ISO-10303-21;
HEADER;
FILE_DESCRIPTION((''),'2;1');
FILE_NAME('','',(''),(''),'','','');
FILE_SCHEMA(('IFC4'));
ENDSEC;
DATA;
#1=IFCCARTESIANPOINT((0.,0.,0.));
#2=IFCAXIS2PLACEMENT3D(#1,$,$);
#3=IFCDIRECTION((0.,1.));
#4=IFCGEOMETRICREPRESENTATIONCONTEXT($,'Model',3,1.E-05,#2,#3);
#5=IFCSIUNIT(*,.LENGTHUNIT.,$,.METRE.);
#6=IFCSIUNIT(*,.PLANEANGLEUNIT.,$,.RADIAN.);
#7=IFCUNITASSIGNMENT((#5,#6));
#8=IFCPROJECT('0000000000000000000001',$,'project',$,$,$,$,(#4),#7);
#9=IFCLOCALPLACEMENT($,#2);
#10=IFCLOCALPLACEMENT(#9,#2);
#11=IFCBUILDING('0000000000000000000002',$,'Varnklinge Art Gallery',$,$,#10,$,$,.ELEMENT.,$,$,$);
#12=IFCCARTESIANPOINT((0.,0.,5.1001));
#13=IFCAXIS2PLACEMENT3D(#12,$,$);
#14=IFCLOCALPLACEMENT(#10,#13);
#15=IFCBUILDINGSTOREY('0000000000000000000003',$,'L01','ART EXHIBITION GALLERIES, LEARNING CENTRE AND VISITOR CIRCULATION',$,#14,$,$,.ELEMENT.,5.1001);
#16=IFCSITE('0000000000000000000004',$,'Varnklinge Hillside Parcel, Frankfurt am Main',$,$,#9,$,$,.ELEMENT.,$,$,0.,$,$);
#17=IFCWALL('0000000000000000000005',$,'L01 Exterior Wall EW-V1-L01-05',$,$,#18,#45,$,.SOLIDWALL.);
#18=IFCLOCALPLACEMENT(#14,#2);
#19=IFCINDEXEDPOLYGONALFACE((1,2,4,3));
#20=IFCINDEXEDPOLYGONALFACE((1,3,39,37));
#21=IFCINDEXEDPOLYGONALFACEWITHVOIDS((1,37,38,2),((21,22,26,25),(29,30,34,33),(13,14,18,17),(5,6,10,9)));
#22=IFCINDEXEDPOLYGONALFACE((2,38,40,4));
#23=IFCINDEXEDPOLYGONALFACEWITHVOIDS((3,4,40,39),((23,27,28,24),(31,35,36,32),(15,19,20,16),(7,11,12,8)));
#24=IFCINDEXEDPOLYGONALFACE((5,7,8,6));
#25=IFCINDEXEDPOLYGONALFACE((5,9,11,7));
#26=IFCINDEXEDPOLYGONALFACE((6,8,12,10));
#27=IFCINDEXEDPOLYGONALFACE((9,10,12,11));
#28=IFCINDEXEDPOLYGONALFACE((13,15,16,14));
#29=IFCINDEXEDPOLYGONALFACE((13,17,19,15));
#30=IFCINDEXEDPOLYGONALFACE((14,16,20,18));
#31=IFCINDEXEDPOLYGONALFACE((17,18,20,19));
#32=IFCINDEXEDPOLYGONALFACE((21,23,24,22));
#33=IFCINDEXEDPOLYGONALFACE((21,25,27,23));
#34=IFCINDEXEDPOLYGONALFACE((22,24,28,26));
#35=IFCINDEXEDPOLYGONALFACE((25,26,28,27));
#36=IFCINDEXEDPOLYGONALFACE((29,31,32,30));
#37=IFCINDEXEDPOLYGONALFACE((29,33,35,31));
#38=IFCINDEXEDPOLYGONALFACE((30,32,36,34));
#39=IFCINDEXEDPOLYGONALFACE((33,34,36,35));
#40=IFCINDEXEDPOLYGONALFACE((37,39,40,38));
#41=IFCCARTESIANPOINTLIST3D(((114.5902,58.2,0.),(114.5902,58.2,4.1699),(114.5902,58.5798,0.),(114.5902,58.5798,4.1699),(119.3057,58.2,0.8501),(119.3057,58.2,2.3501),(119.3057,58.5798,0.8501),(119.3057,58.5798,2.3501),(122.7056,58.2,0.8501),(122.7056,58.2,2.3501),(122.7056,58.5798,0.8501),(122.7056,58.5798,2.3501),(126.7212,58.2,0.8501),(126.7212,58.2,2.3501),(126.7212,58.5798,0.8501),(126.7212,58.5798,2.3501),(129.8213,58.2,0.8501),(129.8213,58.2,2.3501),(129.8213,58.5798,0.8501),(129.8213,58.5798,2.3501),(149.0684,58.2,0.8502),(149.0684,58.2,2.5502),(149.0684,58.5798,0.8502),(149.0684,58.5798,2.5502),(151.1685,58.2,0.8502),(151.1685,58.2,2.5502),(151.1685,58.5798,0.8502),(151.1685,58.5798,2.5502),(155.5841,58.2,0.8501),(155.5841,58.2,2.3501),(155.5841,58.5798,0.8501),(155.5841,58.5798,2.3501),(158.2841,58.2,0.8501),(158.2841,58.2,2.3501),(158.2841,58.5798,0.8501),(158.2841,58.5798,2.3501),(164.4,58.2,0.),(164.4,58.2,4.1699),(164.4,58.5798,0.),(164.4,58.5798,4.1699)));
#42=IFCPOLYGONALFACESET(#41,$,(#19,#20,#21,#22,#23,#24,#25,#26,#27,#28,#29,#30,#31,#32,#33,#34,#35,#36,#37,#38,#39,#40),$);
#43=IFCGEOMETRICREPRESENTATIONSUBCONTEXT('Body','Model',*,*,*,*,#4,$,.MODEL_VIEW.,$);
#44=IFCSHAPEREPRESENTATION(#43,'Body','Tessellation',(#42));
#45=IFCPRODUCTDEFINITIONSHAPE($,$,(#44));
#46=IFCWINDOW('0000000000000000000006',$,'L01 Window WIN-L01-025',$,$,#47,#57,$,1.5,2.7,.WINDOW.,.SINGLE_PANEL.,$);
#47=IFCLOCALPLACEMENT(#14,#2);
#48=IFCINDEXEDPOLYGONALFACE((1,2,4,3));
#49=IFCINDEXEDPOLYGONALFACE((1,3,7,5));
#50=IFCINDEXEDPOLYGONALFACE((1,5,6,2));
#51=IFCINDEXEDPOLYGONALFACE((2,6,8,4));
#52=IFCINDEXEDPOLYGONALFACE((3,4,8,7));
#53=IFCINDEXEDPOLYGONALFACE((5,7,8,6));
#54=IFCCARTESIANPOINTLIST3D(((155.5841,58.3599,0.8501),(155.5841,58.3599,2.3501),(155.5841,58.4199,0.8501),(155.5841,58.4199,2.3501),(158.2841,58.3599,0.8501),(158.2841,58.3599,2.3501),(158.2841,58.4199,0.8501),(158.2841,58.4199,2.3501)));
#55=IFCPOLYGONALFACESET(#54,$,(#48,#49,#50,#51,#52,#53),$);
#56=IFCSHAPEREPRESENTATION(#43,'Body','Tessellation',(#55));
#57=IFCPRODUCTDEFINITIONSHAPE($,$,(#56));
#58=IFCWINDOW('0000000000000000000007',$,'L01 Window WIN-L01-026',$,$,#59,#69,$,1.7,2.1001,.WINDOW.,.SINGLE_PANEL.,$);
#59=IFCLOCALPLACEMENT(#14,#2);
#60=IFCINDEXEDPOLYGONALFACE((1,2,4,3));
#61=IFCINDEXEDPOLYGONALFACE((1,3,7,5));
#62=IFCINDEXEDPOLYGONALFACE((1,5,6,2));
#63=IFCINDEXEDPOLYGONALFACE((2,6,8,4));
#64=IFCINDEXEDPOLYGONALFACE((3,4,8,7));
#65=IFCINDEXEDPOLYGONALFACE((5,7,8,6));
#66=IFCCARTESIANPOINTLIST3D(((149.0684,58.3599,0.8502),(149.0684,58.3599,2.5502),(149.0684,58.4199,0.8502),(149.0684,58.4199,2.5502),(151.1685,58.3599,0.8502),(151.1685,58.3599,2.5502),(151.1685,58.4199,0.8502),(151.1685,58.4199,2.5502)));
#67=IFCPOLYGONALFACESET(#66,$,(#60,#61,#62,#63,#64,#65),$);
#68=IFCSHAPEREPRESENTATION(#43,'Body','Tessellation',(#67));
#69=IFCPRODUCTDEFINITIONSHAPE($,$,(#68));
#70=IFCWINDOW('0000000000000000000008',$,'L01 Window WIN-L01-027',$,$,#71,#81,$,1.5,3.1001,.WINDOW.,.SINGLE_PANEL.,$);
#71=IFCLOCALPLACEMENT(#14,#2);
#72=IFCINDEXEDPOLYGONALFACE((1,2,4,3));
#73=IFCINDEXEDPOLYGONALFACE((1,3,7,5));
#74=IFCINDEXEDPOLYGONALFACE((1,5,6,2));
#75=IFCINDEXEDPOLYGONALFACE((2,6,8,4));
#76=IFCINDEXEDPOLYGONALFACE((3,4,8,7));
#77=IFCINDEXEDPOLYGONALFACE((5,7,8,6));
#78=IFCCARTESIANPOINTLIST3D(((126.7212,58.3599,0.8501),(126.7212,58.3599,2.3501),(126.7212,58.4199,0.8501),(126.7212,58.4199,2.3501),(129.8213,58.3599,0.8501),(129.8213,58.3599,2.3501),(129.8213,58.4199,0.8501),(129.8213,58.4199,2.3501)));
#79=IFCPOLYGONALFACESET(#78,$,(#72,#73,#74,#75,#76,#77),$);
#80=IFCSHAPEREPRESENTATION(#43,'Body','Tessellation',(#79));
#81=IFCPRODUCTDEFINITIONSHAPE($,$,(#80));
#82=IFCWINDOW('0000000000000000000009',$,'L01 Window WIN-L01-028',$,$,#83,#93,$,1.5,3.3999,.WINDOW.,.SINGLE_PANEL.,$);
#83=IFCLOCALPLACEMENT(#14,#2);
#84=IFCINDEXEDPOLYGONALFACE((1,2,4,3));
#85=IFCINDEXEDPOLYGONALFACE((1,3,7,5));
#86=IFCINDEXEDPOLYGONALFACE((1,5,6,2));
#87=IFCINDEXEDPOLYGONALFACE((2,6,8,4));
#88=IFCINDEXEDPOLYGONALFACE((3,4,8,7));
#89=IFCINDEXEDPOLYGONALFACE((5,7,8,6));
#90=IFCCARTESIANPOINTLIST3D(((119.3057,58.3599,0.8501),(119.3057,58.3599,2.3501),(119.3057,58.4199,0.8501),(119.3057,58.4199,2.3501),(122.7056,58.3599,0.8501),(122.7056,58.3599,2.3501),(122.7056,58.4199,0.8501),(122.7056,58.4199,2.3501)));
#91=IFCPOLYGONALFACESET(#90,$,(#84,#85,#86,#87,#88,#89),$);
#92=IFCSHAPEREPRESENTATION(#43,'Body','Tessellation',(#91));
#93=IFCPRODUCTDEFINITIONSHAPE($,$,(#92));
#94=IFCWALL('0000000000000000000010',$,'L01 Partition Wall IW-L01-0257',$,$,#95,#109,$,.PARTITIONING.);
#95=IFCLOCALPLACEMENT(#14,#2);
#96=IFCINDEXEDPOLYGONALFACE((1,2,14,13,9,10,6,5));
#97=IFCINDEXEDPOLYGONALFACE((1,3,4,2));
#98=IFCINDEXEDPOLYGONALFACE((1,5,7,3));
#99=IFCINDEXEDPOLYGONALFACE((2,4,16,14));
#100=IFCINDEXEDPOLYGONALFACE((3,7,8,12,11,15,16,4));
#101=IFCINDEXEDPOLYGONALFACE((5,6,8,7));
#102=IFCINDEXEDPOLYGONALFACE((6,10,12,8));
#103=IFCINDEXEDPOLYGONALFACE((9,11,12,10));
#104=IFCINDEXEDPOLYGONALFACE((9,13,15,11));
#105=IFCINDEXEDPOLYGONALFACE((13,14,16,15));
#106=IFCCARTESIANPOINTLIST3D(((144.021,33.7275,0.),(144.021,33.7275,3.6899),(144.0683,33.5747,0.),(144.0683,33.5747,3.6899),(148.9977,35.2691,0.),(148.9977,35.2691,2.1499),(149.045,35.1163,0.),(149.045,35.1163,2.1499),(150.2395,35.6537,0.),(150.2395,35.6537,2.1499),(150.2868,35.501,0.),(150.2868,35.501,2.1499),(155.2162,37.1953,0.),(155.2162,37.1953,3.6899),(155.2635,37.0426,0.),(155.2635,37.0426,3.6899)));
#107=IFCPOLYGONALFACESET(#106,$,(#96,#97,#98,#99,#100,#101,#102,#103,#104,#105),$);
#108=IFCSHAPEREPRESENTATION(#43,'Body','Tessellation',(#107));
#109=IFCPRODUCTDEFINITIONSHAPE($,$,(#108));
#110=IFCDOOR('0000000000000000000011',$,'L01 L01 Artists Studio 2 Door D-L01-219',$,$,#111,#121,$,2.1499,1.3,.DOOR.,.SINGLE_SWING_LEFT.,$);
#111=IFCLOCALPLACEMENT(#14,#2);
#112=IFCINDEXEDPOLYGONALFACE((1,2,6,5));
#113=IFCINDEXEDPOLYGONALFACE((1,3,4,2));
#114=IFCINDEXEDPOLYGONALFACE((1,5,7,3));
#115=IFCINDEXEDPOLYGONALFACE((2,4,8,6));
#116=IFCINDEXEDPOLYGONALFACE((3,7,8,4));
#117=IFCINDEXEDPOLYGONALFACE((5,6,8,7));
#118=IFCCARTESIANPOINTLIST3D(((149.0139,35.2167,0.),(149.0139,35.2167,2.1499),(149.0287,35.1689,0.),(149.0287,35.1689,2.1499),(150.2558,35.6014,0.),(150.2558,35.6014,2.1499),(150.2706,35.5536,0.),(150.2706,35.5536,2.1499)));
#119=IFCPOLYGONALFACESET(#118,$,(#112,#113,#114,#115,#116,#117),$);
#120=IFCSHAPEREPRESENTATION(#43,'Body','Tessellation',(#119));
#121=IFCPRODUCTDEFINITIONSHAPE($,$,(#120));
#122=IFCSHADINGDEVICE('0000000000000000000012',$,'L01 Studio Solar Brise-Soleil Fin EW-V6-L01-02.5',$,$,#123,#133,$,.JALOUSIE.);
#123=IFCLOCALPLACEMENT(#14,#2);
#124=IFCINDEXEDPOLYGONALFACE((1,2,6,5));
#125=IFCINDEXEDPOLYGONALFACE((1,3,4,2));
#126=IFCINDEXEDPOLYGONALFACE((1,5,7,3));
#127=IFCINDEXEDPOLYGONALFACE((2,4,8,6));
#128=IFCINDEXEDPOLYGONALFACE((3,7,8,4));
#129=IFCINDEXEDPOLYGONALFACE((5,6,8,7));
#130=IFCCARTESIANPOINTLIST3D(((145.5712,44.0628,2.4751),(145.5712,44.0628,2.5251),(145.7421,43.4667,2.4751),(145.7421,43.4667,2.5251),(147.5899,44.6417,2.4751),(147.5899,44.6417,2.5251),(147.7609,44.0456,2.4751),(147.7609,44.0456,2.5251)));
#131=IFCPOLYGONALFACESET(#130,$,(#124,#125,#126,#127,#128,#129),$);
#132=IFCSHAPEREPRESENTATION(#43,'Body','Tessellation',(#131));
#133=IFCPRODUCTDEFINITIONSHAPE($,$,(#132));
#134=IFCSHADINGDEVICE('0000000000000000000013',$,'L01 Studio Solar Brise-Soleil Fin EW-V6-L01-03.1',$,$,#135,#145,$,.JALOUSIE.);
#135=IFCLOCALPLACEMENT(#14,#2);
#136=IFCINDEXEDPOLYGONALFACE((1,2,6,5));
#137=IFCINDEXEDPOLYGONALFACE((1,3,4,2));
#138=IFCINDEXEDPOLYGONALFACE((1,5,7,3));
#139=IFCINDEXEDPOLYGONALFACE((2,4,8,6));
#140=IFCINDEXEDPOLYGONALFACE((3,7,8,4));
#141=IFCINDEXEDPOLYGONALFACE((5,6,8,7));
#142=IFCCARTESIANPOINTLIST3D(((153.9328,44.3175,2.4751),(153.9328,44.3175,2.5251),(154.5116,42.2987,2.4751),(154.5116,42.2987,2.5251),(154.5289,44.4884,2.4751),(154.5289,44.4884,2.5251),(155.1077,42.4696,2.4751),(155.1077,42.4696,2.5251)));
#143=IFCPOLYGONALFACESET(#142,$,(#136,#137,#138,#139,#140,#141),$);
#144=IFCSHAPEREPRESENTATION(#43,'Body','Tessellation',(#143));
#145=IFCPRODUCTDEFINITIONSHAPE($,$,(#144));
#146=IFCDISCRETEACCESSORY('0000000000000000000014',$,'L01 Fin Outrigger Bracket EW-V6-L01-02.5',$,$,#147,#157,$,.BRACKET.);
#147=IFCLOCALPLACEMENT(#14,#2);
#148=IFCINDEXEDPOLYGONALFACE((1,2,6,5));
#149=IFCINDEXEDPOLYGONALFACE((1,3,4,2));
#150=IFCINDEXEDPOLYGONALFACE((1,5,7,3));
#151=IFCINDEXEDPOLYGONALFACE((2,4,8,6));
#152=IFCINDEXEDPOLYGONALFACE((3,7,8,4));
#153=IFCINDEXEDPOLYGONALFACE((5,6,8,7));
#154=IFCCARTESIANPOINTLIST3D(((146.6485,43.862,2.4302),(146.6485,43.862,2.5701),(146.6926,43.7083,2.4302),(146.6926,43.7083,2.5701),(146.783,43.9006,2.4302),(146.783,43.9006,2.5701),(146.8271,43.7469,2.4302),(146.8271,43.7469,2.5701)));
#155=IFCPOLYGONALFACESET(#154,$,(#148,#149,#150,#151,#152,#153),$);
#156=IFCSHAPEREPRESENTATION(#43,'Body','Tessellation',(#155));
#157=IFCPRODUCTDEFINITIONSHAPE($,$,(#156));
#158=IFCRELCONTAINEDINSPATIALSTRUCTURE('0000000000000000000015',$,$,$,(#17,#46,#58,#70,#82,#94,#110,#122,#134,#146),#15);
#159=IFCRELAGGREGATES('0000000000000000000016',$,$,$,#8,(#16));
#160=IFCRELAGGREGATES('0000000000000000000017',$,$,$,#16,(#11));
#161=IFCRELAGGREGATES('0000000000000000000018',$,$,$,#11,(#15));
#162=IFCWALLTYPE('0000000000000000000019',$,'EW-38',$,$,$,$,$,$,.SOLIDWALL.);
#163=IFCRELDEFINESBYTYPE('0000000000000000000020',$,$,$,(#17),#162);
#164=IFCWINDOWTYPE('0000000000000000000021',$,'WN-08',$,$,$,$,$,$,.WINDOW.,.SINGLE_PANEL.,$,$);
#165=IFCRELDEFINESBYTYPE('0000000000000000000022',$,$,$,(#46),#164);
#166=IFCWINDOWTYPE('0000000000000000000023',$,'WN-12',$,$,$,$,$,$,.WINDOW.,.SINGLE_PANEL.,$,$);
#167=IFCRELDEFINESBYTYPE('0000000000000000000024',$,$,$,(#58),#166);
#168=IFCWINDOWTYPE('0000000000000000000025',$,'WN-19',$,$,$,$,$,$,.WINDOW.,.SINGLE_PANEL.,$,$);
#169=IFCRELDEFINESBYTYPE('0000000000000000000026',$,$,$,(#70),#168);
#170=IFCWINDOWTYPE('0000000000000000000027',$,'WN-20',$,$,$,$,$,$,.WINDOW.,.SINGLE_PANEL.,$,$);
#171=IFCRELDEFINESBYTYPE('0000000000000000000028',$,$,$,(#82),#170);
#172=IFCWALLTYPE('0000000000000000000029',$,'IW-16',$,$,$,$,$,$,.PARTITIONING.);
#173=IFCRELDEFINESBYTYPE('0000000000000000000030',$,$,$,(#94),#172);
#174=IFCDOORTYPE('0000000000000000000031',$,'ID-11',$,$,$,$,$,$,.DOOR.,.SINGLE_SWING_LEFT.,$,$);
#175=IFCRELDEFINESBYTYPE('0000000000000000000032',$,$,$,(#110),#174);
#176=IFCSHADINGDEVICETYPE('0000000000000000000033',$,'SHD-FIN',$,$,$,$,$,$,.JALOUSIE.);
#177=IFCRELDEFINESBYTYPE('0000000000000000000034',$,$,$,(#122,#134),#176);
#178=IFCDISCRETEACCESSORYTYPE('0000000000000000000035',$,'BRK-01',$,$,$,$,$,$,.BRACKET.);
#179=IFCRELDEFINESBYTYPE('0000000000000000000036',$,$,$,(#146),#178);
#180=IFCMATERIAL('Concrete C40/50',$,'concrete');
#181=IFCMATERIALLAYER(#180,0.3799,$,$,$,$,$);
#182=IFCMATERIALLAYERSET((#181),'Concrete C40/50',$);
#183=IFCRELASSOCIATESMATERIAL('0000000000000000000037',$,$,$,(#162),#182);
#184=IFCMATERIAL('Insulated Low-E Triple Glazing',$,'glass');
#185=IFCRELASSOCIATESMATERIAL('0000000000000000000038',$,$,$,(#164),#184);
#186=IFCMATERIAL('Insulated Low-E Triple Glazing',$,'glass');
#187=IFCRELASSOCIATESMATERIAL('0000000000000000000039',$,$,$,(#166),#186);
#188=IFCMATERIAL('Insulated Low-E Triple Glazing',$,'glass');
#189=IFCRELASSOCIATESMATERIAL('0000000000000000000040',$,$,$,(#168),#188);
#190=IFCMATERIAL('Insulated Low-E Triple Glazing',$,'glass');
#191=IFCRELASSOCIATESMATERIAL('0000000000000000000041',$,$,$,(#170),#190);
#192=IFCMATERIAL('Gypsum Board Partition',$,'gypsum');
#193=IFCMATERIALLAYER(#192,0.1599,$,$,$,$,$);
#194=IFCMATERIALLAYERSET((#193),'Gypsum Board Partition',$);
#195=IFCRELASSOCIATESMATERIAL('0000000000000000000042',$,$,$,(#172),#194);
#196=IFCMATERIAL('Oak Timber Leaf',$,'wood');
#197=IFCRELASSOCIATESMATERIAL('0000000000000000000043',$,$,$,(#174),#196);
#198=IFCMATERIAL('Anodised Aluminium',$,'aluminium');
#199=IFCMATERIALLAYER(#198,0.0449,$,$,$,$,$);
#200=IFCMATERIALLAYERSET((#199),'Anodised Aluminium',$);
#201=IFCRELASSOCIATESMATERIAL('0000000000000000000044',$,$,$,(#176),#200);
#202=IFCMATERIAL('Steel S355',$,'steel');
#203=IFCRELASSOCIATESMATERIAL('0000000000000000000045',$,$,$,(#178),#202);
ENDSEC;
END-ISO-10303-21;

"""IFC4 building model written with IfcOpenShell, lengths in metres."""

from ifc_helpers import new_model, si_unit, direction, frame, frame_2d, origin, origin_2d, place, context, subcontext, project, spatial, rectangle, extrude, material, layer, layer_set, type_object, element, fill, save


model = new_model("IFC4")

# Units and contexts
model_context = context("Model", 3, precision=1e-05, world=origin(), true_north=direction((0.0, 1.0)))
body_context = subcontext(model_context, "Body", "Model", "MODEL_VIEW")
ifc_project = project(units=[si_unit("LENGTHUNIT", "METRE"), si_unit("PLANEANGLEUNIT", "RADIAN")], contexts=[model_context])

# Site, building, storey
site_placement = place(None, origin())
site = spatial("IfcSite", under=ifc_project, at=site_placement, Name="Varnklinge Hillside Parcel, Frankfurt am Main", CompositionType="ELEMENT", RefElevation=0.0)
building_placement = place(site_placement, origin())
building = spatial("IfcBuilding", under=site, at=building_placement, Name="Varnklinge Art Gallery", CompositionType="ELEMENT")
storey_placement = place(building_placement, frame((0.0, 0.0, 5.1001)))
storey = spatial("IfcBuildingStorey", under=building, at=storey_placement, Name="L01", Description="ART EXHIBITION GALLERIES, LEARNING CENTRE AND VISITOR CIRCULATION", CompositionType="ELEMENT", Elevation=5.1001)

# Wall, openings, windows
ifc_material_1 = material(Name="Concrete C40/50", Category="concrete")
ifc_layer_1 = layer(ifc_material_1, 0.3799)
ifc_layer_set_1 = layer_set([ifc_layer_1], Name="Concrete C40/50")
wall_type_1 = type_object("IfcWallType", Name="EW-38", PredefinedType="SOLIDWALL", material=ifc_layer_set_1)
wall_1_placement = place(storey_placement, frame((164.3999, 58.3899, 0.0), z_axis=(0.0, 0.0, 1.0), x_axis=(-1.0, 0.0, 0.0)))
wall_1 = element("IfcWall", 1, at=wall_1_placement, inside=storey, type_object=wall_type_1, Name="L01 Exterior Wall EW-V1-L01-05", PredefinedType="SOLIDWALL", context=body_context, shape_type="SweptSolid", body=[
    extrude(rectangle(XDim=49.8098, YDim=0.3799, at=frame_2d((24.9048, 0.0))), origin(), (0.0, 0.0, 1.0), 4.1699),
])
opening_1_placement = place(wall_1_placement, frame((6.1157, 0.0, 0.8501)))
opening_1 = element("IfcOpeningElement", 2, at=opening_1_placement, cuts=wall_1, PredefinedType="OPENING", context=body_context, shape_type="SweptSolid", body=[
    extrude(rectangle(XDim=2.7, YDim=1.5, at=frame_2d((1.3501, 0.75))), frame((0.0, 0.2, 0.0), z_axis=(0.0, -1.0, 0.0), x_axis=(1.0, 0.0, 0.0)), (0.0, 0.0, 1.0), 0.3999),
])
opening_2_placement = place(wall_1_placement, frame((13.2314, 0.0, 0.8501)))
opening_2 = element("IfcOpeningElement", 3, at=opening_2_placement, cuts=wall_1, PredefinedType="OPENING", context=body_context, shape_type="SweptSolid", body=[
    extrude(rectangle(XDim=2.1001, YDim=1.7, at=frame_2d((1.05, 0.8501))), frame((0.0, 0.2, 0.0), z_axis=(0.0, -1.0, 0.0), x_axis=(1.0, 0.0, 0.0)), (0.0, 0.0, 1.0), 0.3999),
])
opening_3_placement = place(wall_1_placement, frame((34.5786, 0.0, 0.8501)))
opening_3 = element("IfcOpeningElement", 4, at=opening_3_placement, cuts=wall_1, PredefinedType="OPENING", context=body_context, shape_type="SweptSolid", body=[
    extrude(rectangle(XDim=3.1001, YDim=1.5, at=frame_2d((1.55, 0.75))), frame((0.0, 0.2, 0.0), z_axis=(0.0, -1.0, 0.0), x_axis=(1.0, 0.0, 0.0)), (0.0, 0.0, 1.0), 0.3999),
])
opening_4_placement = place(wall_1_placement, frame((41.6943, 0.0, 0.8501)))
opening_4 = element("IfcOpeningElement", 5, at=opening_4_placement, cuts=wall_1, PredefinedType="OPENING", context=body_context, shape_type="SweptSolid", body=[
    extrude(rectangle(XDim=3.3999, YDim=1.5, at=frame_2d((1.7, 0.75))), frame((0.0, 0.2, 0.0), z_axis=(0.0, -1.0, 0.0), x_axis=(1.0, 0.0, 0.0)), (0.0, 0.0, 1.0), 0.3999),
])
ifc_material_2 = material(Name="Insulated Low-E Triple Glazing", Category="glass")
window_type_1 = type_object("IfcWindowType", Name="WN-08", PartitioningType="SINGLE_PANEL", PredefinedType="WINDOW", material=ifc_material_2)
window_1_placement = place(opening_1_placement, origin())
window_1 = element("IfcWindow", 6, at=window_1_placement, inside=storey, type_object=window_type_1, Name="L01 Window WIN-L01-025", OverallHeight=1.5, OverallWidth=2.7, PartitioningType="SINGLE_PANEL", PredefinedType="WINDOW", context=body_context, shape_type="SweptSolid", body=[
    extrude(rectangle(XDim=2.7, YDim=1.5, at=frame_2d((1.3501, 0.75))), frame((0.0, 0.03, 0.0), z_axis=(0.0, -1.0, 0.0), x_axis=(1.0, 0.0, 0.0)), (0.0, 0.0, 1.0), 0.0601),
])
fill(opening_1, window_1)
ifc_material_3 = material(Name="Insulated Low-E Triple Glazing", Category="glass")
window_type_2 = type_object("IfcWindowType", Name="WN-12", PartitioningType="SINGLE_PANEL", PredefinedType="WINDOW", material=ifc_material_3)
window_2_placement = place(opening_2_placement, origin())
window_2 = element("IfcWindow", 7, at=window_2_placement, inside=storey, type_object=window_type_2, Name="L01 Window WIN-L01-026", OverallHeight=1.7, OverallWidth=2.1001, PartitioningType="SINGLE_PANEL", PredefinedType="WINDOW", context=body_context, shape_type="SweptSolid", body=[
    extrude(rectangle(XDim=2.1001, YDim=1.7, at=frame_2d((1.05, 0.8501))), frame((0.0, 0.03, 0.0), z_axis=(0.0, -1.0, 0.0), x_axis=(1.0, 0.0, 0.0)), (0.0, 0.0, 1.0), 0.0601),
])
fill(opening_2, window_2)
ifc_material_4 = material(Name="Insulated Low-E Triple Glazing", Category="glass")
window_type_3 = type_object("IfcWindowType", Name="WN-19", PartitioningType="SINGLE_PANEL", PredefinedType="WINDOW", material=ifc_material_4)
window_3_placement = place(opening_3_placement, origin())
window_3 = element("IfcWindow", 8, at=window_3_placement, inside=storey, type_object=window_type_3, Name="L01 Window WIN-L01-027", OverallHeight=1.5, OverallWidth=3.1001, PartitioningType="SINGLE_PANEL", PredefinedType="WINDOW", context=body_context, shape_type="SweptSolid", body=[
    extrude(rectangle(XDim=3.1001, YDim=1.5, at=frame_2d((1.55, 0.75))), frame((0.0, 0.03, 0.0), z_axis=(0.0, -1.0, 0.0), x_axis=(1.0, 0.0, 0.0)), (0.0, 0.0, 1.0), 0.0601),
])
fill(opening_3, window_3)
ifc_material_5 = material(Name="Insulated Low-E Triple Glazing", Category="glass")
window_type_4 = type_object("IfcWindowType", Name="WN-20", PartitioningType="SINGLE_PANEL", PredefinedType="WINDOW", material=ifc_material_5)
window_4_placement = place(opening_4_placement, origin())
window_4 = element("IfcWindow", 9, at=window_4_placement, inside=storey, type_object=window_type_4, Name="L01 Window WIN-L01-028", OverallHeight=1.5, OverallWidth=3.3999, PartitioningType="SINGLE_PANEL", PredefinedType="WINDOW", context=body_context, shape_type="SweptSolid", body=[
    extrude(rectangle(XDim=3.3999, YDim=1.5, at=frame_2d((1.7, 0.75))), frame((0.0, 0.03, 0.0), z_axis=(0.0, -1.0, 0.0), x_axis=(1.0, 0.0, 0.0)), (0.0, 0.0, 1.0), 0.0601),
])
fill(opening_4, window_4)

# Wall, opening, door
ifc_material_6 = material(Name="Gypsum Board Partition", Category="gypsum")
ifc_layer_2 = layer(ifc_material_6, 0.1599)
ifc_layer_set_2 = layer_set([ifc_layer_2], Name="Gypsum Board Partition")
wall_type_2 = type_object("IfcWallType", Name="IW-16", PredefinedType="PARTITIONING", material=ifc_layer_set_2)
wall_2_placement = place(storey_placement, frame((155.2397, 37.1189, 0.0), z_axis=(0.0, 0.0, 1.0), x_axis=(-0.955222, -0.295889, 0.0)))
wall_2 = element("IfcWall", 10, at=wall_2_placement, inside=storey, type_object=wall_type_2, Name="L01 Partition Wall IW-L01-0257", PredefinedType="PARTITIONING", context=body_context, shape_type="SweptSolid", body=[
    extrude(rectangle(XDim=11.72, YDim=0.1599, at=frame_2d((5.8599, 0.0))), origin(), (0.0, 0.0, 1.0), 3.6899),
])
opening_5_placement = place(wall_2_placement, frame((5.21, 0.0, 0.0)))
opening_5 = element("IfcOpeningElement", 11, at=opening_5_placement, cuts=wall_2, PredefinedType="OPENING", context=body_context, shape_type="SweptSolid", body=[
    extrude(rectangle(XDim=1.3, YDim=2.1499, at=frame_2d((0.6499, 1.075))), frame((0.0, 0.0901, 0.0), z_axis=(0.0, -1.0, 0.0), x_axis=(1.0, 0.0, 0.0)), (0.0, 0.0, 1.0), 0.1799),
])
ifc_material_7 = material(Name="Oak Timber Leaf", Category="wood")
door_type = type_object("IfcDoorType", Name="ID-11", OperationType="SINGLE_SWING_LEFT", PredefinedType="DOOR", material=ifc_material_7)
door_placement = place(opening_5_placement, origin())
door = element("IfcDoor", 12, at=door_placement, inside=storey, type_object=door_type, Name="L01 L01 Artists Studio 2 Door D-L01-219", OperationType="SINGLE_SWING_LEFT", OverallHeight=2.1499, OverallWidth=1.3, PredefinedType="DOOR", context=body_context, shape_type="SweptSolid", body=[
    extrude(rectangle(XDim=1.3, YDim=2.1499, at=frame_2d((0.6499, 1.075))), frame((0.0, 0.0249, 0.0), z_axis=(0.0, -1.0, 0.0), x_axis=(1.0, 0.0, 0.0)), (0.0, 0.0, 1.0), 0.05),
])
fill(opening_5, door)

# Shading devices
ifc_material_8 = material(Name="Anodised Aluminium", Category="aluminium")
ifc_layer_3 = layer(ifc_material_8, 0.0449)
ifc_layer_set_3 = layer_set([ifc_layer_3], Name="Anodised Aluminium")
shading_device_type = type_object("IfcShadingDeviceType", Name="SHD-FIN", PredefinedType="JALOUSIE", material=ifc_layer_set_3)
for number, where, z_axis, x_axis, name in (
    (13, (146.666, 44.0542, 2.4751), (0.0, 0.0, 1.0), (0.961262, 0.275637, 0.0), "L01 Studio Solar Brise-Soleil Fin EW-V6-L01-02.5"),
    (14, (154.5203, 43.3936, 2.4751), (0.0, 0.0, 1.0), (0.275637, -0.961262, 0.0), "L01 Studio Solar Brise-Soleil Fin EW-V6-L01-03.1"),
):
    element("IfcShadingDevice", number, at=place(storey_placement, frame(where, z_axis=z_axis, x_axis=x_axis)), inside=storey, type_object=shading_device_type, Name=name, PredefinedType="JALOUSIE", context=body_context, shape_type="SweptSolid", body=[
        extrude(rectangle(XDim=2.1001, YDim=0.6201, at=origin_2d()), origin(), (0.0, 0.0, 1.0), 0.05),
    ])

# Discrete accessory
ifc_material_9 = material(Name="Steel S355", Category="steel")
discrete_accessory_type = type_object("IfcDiscreteAccessoryType", Name="BRK-01", PredefinedType="BRACKET", material=ifc_material_9)
for number, where, z_axis, x_axis, name in (
    (15, (146.7378, 43.8044, 2.4302), (0.0, 0.0, 1.0), (0.961262, 0.275637, 0.0), "L01 Fin Outrigger Bracket EW-V6-L01-02.5"),
):
    element("IfcDiscreteAccessory", number, at=place(storey_placement, frame(where, z_axis=z_axis, x_axis=x_axis)), inside=storey, type_object=discrete_accessory_type, Name=name, PredefinedType="BRACKET", context=body_context, shape_type="SweptSolid", body=[
        extrude(rectangle(XDim=0.1399, YDim=0.1599, at=origin_2d()), origin(), (0.0, 0.0, 1.0), 0.1399),
    ])

save(model, "model.ifc")
